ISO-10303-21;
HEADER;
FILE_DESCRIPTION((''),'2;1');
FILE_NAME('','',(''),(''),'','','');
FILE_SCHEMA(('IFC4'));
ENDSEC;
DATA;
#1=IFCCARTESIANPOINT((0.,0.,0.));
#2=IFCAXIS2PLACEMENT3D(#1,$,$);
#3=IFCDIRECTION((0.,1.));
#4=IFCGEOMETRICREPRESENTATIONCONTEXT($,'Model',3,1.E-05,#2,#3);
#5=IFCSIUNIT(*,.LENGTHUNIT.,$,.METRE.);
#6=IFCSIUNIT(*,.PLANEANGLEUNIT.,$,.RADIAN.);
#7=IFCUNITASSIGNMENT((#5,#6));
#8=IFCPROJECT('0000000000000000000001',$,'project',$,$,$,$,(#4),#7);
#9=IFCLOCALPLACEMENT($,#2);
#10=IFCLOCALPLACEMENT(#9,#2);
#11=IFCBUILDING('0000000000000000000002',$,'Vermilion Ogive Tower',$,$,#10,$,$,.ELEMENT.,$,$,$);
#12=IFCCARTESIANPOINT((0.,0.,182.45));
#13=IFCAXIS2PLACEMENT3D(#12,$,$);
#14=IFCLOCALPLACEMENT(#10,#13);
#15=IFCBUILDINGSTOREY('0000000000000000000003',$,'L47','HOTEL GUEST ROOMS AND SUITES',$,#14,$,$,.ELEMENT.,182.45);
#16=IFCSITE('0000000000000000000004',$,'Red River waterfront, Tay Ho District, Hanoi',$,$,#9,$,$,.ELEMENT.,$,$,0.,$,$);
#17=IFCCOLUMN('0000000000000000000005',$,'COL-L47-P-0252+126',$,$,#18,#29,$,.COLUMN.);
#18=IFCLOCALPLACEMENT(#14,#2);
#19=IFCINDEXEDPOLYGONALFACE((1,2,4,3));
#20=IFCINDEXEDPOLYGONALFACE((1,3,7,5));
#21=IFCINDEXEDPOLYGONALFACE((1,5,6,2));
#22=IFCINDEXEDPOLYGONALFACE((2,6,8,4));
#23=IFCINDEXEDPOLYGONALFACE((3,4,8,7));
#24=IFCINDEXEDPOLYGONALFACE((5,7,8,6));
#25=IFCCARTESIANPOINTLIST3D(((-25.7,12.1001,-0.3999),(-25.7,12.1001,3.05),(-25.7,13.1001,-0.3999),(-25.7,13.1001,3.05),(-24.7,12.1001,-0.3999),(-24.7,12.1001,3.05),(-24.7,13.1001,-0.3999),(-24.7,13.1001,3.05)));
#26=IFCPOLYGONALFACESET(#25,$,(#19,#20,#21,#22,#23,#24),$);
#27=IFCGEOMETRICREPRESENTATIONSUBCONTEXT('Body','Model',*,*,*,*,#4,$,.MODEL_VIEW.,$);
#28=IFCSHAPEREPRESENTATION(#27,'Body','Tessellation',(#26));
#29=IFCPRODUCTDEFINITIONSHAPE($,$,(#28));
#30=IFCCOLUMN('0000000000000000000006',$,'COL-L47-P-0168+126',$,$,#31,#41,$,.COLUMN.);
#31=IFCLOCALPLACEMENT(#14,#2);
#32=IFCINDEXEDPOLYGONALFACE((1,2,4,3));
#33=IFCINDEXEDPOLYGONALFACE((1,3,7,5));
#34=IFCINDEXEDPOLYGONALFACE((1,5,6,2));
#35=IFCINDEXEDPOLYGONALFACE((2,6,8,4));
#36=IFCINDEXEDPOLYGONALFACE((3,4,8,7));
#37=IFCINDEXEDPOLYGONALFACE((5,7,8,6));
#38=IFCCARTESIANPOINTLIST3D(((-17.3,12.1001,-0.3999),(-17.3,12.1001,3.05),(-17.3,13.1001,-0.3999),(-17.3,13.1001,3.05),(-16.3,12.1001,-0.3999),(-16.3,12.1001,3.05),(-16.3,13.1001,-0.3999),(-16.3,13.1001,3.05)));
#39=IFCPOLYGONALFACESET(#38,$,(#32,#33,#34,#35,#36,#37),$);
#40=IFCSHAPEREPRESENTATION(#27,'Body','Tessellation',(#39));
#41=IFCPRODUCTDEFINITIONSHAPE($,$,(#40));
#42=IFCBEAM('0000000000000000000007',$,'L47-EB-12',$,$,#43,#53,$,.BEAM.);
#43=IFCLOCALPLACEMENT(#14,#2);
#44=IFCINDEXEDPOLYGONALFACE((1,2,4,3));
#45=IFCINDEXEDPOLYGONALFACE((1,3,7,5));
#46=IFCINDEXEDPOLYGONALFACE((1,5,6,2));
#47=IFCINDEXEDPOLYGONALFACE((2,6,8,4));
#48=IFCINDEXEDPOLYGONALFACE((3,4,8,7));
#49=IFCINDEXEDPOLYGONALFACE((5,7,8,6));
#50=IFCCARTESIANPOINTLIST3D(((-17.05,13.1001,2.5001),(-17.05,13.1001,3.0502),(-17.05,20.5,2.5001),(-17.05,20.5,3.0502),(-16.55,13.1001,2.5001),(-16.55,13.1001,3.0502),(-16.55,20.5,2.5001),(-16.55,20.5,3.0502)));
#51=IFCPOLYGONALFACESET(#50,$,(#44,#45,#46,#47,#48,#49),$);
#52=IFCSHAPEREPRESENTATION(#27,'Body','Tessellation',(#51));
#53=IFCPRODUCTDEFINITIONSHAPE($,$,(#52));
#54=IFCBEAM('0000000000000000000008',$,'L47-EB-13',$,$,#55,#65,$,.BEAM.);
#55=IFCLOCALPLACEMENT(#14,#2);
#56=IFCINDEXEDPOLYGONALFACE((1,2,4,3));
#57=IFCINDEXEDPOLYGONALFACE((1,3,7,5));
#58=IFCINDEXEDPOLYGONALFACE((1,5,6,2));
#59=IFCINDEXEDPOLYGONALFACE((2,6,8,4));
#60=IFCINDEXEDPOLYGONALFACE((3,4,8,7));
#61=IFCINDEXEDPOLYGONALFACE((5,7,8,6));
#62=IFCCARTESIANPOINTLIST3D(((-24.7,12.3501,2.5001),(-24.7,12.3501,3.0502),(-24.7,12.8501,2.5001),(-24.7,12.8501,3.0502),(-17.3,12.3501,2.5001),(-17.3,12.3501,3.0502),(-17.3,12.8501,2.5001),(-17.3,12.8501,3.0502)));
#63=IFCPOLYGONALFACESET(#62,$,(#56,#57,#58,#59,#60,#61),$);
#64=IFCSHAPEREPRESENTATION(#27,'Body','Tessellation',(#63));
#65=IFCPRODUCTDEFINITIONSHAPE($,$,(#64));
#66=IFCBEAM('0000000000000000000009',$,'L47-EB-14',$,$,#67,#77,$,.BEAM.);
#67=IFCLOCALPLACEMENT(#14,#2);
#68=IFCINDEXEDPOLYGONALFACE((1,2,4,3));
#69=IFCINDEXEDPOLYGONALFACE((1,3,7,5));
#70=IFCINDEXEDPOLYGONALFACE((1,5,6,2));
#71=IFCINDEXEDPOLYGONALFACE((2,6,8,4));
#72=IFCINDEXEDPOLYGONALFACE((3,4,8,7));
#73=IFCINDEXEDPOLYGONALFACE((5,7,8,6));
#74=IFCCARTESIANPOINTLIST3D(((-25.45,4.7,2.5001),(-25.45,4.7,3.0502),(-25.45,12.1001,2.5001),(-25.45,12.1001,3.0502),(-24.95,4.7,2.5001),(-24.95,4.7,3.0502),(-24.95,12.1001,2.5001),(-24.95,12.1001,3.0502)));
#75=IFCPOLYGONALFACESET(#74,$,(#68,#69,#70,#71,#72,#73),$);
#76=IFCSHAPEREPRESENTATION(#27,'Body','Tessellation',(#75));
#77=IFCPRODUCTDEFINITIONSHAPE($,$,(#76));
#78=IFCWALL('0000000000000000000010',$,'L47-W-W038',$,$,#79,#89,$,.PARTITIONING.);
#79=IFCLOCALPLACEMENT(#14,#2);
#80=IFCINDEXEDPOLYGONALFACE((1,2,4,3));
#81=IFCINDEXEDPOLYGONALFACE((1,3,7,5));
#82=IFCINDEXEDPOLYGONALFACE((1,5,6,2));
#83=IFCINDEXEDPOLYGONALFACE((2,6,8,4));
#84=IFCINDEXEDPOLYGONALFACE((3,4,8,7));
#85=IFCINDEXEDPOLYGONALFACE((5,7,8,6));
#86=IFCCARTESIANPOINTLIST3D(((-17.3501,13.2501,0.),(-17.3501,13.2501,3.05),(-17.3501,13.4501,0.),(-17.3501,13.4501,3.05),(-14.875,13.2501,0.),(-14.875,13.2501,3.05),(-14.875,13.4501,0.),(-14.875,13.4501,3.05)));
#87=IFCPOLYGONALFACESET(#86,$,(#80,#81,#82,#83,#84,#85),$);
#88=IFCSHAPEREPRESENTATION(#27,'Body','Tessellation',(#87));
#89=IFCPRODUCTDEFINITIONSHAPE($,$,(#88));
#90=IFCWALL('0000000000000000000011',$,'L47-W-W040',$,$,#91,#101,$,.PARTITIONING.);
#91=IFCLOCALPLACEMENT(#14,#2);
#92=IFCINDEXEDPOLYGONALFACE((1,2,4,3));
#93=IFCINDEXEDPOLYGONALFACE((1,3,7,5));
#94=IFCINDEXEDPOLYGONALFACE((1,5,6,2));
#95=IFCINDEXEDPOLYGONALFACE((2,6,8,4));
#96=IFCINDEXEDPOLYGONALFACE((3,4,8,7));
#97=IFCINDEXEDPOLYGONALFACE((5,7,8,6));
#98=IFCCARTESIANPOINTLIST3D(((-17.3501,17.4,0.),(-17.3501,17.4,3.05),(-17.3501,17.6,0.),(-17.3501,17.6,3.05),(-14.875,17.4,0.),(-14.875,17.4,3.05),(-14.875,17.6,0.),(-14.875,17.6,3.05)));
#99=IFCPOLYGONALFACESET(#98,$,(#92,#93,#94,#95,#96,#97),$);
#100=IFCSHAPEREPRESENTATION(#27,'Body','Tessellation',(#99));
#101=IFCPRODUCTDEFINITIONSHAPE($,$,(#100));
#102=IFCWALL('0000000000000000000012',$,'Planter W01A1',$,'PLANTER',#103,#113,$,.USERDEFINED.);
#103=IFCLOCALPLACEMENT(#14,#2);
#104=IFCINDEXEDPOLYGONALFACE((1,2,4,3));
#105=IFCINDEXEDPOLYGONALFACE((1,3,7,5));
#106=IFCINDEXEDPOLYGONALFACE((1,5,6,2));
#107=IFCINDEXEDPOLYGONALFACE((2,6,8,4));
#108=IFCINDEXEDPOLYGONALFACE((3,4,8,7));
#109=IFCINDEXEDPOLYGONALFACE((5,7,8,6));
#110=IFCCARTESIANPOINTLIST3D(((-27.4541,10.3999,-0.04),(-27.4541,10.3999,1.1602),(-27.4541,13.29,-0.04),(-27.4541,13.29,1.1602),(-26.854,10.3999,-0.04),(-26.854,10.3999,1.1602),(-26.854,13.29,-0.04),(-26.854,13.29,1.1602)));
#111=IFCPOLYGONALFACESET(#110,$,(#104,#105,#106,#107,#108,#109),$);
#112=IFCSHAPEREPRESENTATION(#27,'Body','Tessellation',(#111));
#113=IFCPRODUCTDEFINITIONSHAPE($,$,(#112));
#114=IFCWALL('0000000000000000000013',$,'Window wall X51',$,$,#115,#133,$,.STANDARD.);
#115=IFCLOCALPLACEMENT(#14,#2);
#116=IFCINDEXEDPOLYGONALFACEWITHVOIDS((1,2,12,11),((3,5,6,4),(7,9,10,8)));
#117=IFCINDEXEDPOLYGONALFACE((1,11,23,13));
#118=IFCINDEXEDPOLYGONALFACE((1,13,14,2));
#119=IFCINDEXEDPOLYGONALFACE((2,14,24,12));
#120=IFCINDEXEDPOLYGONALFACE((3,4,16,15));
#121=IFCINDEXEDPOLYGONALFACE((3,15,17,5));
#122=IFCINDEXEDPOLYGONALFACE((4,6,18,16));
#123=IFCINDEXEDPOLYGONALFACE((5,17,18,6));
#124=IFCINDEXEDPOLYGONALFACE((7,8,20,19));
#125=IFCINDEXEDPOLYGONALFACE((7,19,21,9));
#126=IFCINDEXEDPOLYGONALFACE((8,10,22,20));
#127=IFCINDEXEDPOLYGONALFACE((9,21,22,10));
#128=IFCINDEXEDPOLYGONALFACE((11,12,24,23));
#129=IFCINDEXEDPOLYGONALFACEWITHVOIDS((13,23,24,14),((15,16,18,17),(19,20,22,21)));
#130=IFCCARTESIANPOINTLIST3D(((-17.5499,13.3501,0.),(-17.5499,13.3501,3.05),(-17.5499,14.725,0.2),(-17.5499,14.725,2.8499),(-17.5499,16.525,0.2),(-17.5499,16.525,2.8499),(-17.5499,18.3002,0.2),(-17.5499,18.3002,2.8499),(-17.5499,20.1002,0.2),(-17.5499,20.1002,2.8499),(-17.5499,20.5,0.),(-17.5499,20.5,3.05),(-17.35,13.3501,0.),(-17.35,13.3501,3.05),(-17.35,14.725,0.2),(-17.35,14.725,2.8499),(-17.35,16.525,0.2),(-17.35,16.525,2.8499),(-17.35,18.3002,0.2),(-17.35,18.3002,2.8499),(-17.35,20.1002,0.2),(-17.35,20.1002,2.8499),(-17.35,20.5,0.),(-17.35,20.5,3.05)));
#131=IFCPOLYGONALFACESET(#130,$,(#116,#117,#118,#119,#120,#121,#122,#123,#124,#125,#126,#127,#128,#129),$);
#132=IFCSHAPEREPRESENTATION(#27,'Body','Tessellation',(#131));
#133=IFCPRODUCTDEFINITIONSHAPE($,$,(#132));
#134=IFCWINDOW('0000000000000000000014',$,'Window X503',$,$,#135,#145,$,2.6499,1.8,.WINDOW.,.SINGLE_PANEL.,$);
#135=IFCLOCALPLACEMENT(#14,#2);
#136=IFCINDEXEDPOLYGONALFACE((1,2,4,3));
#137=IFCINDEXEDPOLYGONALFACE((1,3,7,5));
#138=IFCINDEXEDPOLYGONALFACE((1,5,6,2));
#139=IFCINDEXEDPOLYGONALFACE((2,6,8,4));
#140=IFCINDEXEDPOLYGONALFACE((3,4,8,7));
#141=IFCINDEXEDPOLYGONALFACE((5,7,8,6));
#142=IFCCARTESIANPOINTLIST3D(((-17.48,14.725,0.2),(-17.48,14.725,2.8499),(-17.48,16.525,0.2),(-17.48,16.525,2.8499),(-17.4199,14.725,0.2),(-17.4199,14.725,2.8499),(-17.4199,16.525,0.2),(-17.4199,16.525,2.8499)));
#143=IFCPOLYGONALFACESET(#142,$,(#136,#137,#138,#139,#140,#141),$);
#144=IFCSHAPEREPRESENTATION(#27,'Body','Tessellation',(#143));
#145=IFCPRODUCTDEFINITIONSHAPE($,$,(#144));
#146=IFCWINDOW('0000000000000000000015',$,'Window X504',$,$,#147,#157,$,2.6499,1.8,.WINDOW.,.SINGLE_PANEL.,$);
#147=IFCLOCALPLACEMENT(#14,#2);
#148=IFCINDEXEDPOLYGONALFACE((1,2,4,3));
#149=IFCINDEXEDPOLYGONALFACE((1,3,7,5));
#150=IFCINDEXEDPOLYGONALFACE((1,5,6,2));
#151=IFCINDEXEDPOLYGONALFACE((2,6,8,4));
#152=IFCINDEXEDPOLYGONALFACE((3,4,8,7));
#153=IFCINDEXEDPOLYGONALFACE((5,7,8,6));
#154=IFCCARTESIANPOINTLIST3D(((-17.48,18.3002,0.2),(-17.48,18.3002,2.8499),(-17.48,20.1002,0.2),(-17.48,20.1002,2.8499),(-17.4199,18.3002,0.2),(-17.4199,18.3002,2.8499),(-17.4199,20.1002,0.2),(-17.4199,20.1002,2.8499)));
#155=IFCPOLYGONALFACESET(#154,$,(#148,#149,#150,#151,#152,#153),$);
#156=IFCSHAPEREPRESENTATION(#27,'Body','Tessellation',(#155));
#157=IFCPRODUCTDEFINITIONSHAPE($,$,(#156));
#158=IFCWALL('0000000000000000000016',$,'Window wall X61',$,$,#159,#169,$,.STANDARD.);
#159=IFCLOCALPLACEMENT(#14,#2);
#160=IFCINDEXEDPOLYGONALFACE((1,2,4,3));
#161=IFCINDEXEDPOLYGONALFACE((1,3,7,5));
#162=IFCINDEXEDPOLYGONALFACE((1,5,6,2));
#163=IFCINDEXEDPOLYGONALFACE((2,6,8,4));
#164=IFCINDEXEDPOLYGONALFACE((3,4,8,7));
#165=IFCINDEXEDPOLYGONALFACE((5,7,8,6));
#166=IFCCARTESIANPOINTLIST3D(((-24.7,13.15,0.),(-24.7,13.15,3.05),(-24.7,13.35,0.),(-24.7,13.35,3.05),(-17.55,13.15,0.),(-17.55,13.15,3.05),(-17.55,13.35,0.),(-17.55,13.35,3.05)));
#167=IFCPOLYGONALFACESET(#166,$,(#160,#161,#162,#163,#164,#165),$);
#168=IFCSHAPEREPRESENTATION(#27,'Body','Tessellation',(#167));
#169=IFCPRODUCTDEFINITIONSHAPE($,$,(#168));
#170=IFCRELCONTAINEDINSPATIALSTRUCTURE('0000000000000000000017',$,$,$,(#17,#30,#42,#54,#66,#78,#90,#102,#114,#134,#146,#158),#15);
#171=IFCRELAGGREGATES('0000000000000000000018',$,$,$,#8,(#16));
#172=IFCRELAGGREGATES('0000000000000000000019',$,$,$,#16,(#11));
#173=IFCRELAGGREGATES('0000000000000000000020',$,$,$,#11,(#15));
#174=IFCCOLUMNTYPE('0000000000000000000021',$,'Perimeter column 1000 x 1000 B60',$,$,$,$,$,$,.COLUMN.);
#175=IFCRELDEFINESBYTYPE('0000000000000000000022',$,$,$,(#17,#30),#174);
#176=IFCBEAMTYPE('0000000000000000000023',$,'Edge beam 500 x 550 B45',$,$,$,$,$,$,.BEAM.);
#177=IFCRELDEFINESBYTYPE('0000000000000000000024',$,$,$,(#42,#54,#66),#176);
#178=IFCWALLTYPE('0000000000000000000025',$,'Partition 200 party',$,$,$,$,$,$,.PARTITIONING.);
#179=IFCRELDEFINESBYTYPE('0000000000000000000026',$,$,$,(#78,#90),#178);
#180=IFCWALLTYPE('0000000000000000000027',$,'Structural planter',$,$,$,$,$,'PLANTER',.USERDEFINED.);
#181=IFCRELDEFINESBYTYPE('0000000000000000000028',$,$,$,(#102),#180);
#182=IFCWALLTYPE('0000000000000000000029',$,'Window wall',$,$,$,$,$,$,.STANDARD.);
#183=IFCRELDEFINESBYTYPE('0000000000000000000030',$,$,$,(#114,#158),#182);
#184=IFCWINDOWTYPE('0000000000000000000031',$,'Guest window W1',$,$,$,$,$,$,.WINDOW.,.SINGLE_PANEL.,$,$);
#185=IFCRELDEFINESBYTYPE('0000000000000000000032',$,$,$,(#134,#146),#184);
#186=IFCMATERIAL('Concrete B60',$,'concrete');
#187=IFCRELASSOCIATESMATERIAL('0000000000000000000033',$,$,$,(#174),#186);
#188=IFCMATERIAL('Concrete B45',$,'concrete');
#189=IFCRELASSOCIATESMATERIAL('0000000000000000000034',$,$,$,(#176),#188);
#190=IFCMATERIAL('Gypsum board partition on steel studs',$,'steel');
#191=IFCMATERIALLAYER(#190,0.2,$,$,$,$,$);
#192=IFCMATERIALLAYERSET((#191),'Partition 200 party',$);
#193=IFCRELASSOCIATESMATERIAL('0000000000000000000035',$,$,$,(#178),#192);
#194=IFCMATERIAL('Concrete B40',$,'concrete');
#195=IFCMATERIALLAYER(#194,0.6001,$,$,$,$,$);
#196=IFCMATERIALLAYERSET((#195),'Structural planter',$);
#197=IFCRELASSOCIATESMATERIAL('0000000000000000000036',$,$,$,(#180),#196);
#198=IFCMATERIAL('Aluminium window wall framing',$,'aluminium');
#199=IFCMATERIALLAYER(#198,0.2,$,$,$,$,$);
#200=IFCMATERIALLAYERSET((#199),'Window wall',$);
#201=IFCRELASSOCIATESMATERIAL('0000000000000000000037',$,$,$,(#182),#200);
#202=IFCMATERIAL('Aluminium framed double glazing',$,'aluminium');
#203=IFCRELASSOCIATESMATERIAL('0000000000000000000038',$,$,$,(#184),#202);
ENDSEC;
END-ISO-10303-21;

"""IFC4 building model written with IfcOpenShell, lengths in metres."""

from ifc_helpers import new_model, si_unit, direction, frame, frame_2d, origin, origin_2d, place, context, subcontext, project, spatial, rectangle, extrude, material, layer, layer_set, material_profile, profile_set, type_object, element, fill, save


model = new_model("IFC4")

# Units and contexts
model_context = context("Model", 3, precision=1e-05, world=origin(), true_north=direction((0.0, 1.0)))
body_context = subcontext(model_context, "Body", "Model", "MODEL_VIEW")
ifc_project = project(units=[si_unit("LENGTHUNIT", "METRE"), si_unit("PLANEANGLEUNIT", "RADIAN")], contexts=[model_context])

# Site, building, storey
site_placement = place(None, origin())
site = spatial("IfcSite", under=ifc_project, at=site_placement, Name="Red River waterfront, Tay Ho District, Hanoi", CompositionType="ELEMENT", RefElevation=0.0)
building_placement = place(site_placement, origin())
building = spatial("IfcBuilding", under=site, at=building_placement, Name="Vermilion Ogive Tower", CompositionType="ELEMENT")
storey_placement = place(building_placement, frame((0.0, 0.0, 182.45)))
storey = spatial("IfcBuildingStorey", under=building, at=storey_placement, Name="L47", Description="HOTEL GUEST ROOMS AND SUITES", CompositionType="ELEMENT", Elevation=182.45)

# Columns
ifc_material_1 = material(Name="Concrete B60", Category="concrete")
ifc_material_profile_1 = material_profile(ifc_material_1, rectangle(XDim=1.0, YDim=1.0, at=origin_2d()), Name="1000 x 1000")
ifc_profile_set_1 = profile_set([ifc_material_profile_1], Name="Concrete B60")
column_type = type_object("IfcColumnType", Name="Perimeter column 1000 x 1000 B60", PredefinedType="COLUMN", material=ifc_profile_set_1)
for number, where, z_axis, x_axis, name in (
    (1, (-25.2, 12.6001, -0.3999), (0.0, 0.0, 1.0), (1.0, 0.0, 0.0), "COL-L47-P-0252+126"),
    (2, (-16.8, 12.6001, -0.3999), (0.0, 0.0, 1.0), (1.0, 0.0, 0.0), "COL-L47-P-0168+126"),
):
    element("IfcColumn", number, at=place(storey_placement, frame(where, z_axis=z_axis, x_axis=x_axis)), inside=storey, type_object=column_type, Name=name, PredefinedType="COLUMN", context=body_context, shape_type="SweptSolid", body=[
        extrude(rectangle(XDim=1.0, YDim=1.0, at=origin_2d()), origin(), (0.0, 0.0, 1.0), 3.45),
    ])

# Beams
ifc_material_2 = material(Name="Concrete B45", Category="concrete")
ifc_material_profile_2 = material_profile(ifc_material_2, rectangle(XDim=0.5, YDim=0.55, at=origin_2d()), Name="500 x 550")
ifc_profile_set_2 = profile_set([ifc_material_profile_2], Name="Concrete B45")
beam_type = type_object("IfcBeamType", Name="Edge beam 500 x 550 B45", PredefinedType="BEAM", material=ifc_profile_set_2)
for number, where, z_axis, x_axis, name in (
    (3, (-16.8, 20.5, 2.7751), (0.0, -1.0, 0.0), (1.0, 0.0, 0.0), "L47-EB-12"),
    (4, (-17.3, 12.6001, 2.7751), (-1.0, 0.0, 0.0), (0.0, -1.0, 0.0), "L47-EB-13"),
):
    element("IfcBeam", number, at=place(storey_placement, frame(where, z_axis=z_axis, x_axis=x_axis)), inside=storey, type_object=beam_type, Name=name, PredefinedType="BEAM", context=body_context, shape_type="SweptSolid", body=[
        extrude(rectangle(XDim=0.5, YDim=0.55, at=origin_2d()), origin(), (0.0, 0.0, 1.0), 7.3999),
    ])
beam_placement = place(storey_placement, frame((-25.2, 12.1001, 2.7751), z_axis=(0.0, -1.0, 0.0), x_axis=(1.0, 0.0, 0.0)))
element("IfcBeam", 5, at=beam_placement, inside=storey, type_object=beam_type, Name="L47-EB-14", PredefinedType="BEAM", context=body_context, shape_type="SweptSolid", body=[
    extrude(rectangle(XDim=0.5, YDim=0.55, at=origin_2d()), origin(), (0.0, 0.0, 1.0), 7.4001),
])

# Walls
ifc_material_3 = material(Name="Gypsum board partition on steel studs", Category="steel")
ifc_layer_1 = layer(ifc_material_3, 0.2)
ifc_layer_set_1 = layer_set([ifc_layer_1], Name="Partition 200 party")
wall_type_1 = type_object("IfcWallType", Name="Partition 200 party", PredefinedType="PARTITIONING", material=ifc_layer_set_1)
for number, where, z_axis, x_axis, name in (
    (6, (-17.3501, 13.3501, 0.0), (0.0, 0.0, 1.0), (1.0, 0.0, 0.0), "L47-W-W038"),
    (7, (-17.3501, 17.5, 0.0), (0.0, 0.0, 1.0), (1.0, 0.0, 0.0), "L47-W-W040"),
):
    element("IfcWall", number, at=place(storey_placement, frame(where, z_axis=z_axis, x_axis=x_axis)), inside=storey, type_object=wall_type_1, Name=name, PredefinedType="PARTITIONING", context=body_context, shape_type="SweptSolid", body=[
        extrude(rectangle(XDim=2.4751, YDim=0.2, at=frame_2d((1.2375, 0.0))), origin(), (0.0, 0.0, 1.0), 3.05),
    ])
ifc_material_4 = material(Name="Concrete B40", Category="concrete")
ifc_layer_2 = layer(ifc_material_4, 0.6001)
ifc_layer_set_2 = layer_set([ifc_layer_2], Name="Structural planter")
wall_type_2 = type_object("IfcWallType", Name="Structural planter", ElementType="PLANTER", PredefinedType="USERDEFINED", material=ifc_layer_set_2)
wall_1_placement = place(storey_placement, frame((-27.1541, 13.29, -0.04), z_axis=(0.0, 0.0, 1.0), x_axis=(0.0, -1.0, 0.0)))
element("IfcWall", 8, at=wall_1_placement, inside=storey, type_object=wall_type_2, Name="Planter W01A1", ObjectType="PLANTER", PredefinedType="USERDEFINED", context=body_context, shape_type="SweptSolid", body=[
    extrude(rectangle(XDim=2.8901, YDim=0.6001, at=frame_2d((1.4451, 0.0))), origin(), (0.0, 0.0, 1.0), 1.2002),
])

# Wall, openings, windows
ifc_material_5 = material(Name="Aluminium window wall framing", Category="aluminium")
ifc_layer_3 = layer(ifc_material_5, 0.2)
ifc_layer_set_3 = layer_set([ifc_layer_3], Name="Window wall")
wall_type_3 = type_object("IfcWallType", Name="Window wall", PredefinedType="STANDARD", material=ifc_layer_set_3)
wall_2_placement = place(storey_placement, frame((-17.45, 20.5, 0.0), z_axis=(0.0, 0.0, 1.0), x_axis=(0.0, -1.0, 0.0)))
wall_2 = element("IfcWall", 9, at=wall_2_placement, inside=storey, type_object=wall_type_3, Name="Window wall X51", PredefinedType="STANDARD", context=body_context, shape_type="SweptSolid", body=[
    extrude(rectangle(XDim=7.1499, YDim=0.2, at=frame_2d((3.575, 0.0))), origin(), (0.0, 0.0, 1.0), 3.05),
])
opening_1_placement = place(wall_2_placement, frame((3.9751, 0.0, 0.2)))
opening_1 = element("IfcOpeningElement", 10, at=opening_1_placement, cuts=wall_2, PredefinedType="OPENING", context=body_context, shape_type="SweptSolid", body=[
    extrude(rectangle(XDim=1.8, YDim=2.6499, at=frame_2d((0.8999, 1.325))), frame((0.0, 0.1099, 0.0), z_axis=(0.0, -1.0, 0.0), x_axis=(1.0, 0.0, 0.0)), (0.0, 0.0, 1.0), 0.22),
])
opening_2_placement = place(wall_2_placement, frame((0.3999, 0.0, 0.2)))
opening_2 = element("IfcOpeningElement", 11, at=opening_2_placement, cuts=wall_2, PredefinedType="OPENING", context=body_context, shape_type="SweptSolid", body=[
    extrude(rectangle(XDim=1.8, YDim=2.6499, at=frame_2d((0.8999, 1.325))), frame((0.0, 0.1099, 0.0), z_axis=(0.0, -1.0, 0.0), x_axis=(1.0, 0.0, 0.0)), (0.0, 0.0, 1.0), 0.22),
])
ifc_material_6 = material(Name="Aluminium framed double glazing", Category="aluminium")
window_type = type_object("IfcWindowType", Name="Guest window W1", PartitioningType="SINGLE_PANEL", PredefinedType="WINDOW", material=ifc_material_6)
window_1_placement = place(opening_1_placement, origin())
window_1 = element("IfcWindow", 12, at=window_1_placement, inside=storey, type_object=window_type, Name="Window X503", OverallHeight=2.6499, OverallWidth=1.8, PartitioningType="SINGLE_PANEL", PredefinedType="WINDOW", context=body_context, shape_type="SweptSolid", body=[
    extrude(rectangle(XDim=1.8, YDim=2.6499, at=frame_2d((0.8999, 1.325))), frame((0.0, 0.03, 0.0), z_axis=(0.0, -1.0, 0.0), x_axis=(1.0, 0.0, 0.0)), (0.0, 0.0, 1.0), 0.0601),
])
fill(opening_1, window_1)
window_2_placement = place(opening_2_placement, origin())
window_2 = element("IfcWindow", 13, at=window_2_placement, inside=storey, type_object=window_type, Name="Window X504", OverallHeight=2.6499, OverallWidth=1.8, PartitioningType="SINGLE_PANEL", PredefinedType="WINDOW", context=body_context, shape_type="SweptSolid", body=[
    extrude(rectangle(XDim=1.8, YDim=2.6499, at=frame_2d((0.8999, 1.325))), frame((0.0, 0.03, 0.0), z_axis=(0.0, -1.0, 0.0), x_axis=(1.0, 0.0, 0.0)), (0.0, 0.0, 1.0), 0.0601),
])
fill(opening_2, window_2)

# Wall
wall_3_placement = place(storey_placement, frame((-17.55, 13.25, 0.0), z_axis=(0.0, 0.0, 1.0), x_axis=(-1.0, 0.0, 0.0)))
element("IfcWall", 14, at=wall_3_placement, inside=storey, type_object=wall_type_3, Name="Window wall X61", PredefinedType="STANDARD", context=body_context, shape_type="SweptSolid", body=[
    extrude(rectangle(XDim=7.1499, YDim=0.2, at=frame_2d((3.575, 0.0))), origin(), (0.0, 0.0, 1.0), 3.05),
])

save(model, "model.ifc")
